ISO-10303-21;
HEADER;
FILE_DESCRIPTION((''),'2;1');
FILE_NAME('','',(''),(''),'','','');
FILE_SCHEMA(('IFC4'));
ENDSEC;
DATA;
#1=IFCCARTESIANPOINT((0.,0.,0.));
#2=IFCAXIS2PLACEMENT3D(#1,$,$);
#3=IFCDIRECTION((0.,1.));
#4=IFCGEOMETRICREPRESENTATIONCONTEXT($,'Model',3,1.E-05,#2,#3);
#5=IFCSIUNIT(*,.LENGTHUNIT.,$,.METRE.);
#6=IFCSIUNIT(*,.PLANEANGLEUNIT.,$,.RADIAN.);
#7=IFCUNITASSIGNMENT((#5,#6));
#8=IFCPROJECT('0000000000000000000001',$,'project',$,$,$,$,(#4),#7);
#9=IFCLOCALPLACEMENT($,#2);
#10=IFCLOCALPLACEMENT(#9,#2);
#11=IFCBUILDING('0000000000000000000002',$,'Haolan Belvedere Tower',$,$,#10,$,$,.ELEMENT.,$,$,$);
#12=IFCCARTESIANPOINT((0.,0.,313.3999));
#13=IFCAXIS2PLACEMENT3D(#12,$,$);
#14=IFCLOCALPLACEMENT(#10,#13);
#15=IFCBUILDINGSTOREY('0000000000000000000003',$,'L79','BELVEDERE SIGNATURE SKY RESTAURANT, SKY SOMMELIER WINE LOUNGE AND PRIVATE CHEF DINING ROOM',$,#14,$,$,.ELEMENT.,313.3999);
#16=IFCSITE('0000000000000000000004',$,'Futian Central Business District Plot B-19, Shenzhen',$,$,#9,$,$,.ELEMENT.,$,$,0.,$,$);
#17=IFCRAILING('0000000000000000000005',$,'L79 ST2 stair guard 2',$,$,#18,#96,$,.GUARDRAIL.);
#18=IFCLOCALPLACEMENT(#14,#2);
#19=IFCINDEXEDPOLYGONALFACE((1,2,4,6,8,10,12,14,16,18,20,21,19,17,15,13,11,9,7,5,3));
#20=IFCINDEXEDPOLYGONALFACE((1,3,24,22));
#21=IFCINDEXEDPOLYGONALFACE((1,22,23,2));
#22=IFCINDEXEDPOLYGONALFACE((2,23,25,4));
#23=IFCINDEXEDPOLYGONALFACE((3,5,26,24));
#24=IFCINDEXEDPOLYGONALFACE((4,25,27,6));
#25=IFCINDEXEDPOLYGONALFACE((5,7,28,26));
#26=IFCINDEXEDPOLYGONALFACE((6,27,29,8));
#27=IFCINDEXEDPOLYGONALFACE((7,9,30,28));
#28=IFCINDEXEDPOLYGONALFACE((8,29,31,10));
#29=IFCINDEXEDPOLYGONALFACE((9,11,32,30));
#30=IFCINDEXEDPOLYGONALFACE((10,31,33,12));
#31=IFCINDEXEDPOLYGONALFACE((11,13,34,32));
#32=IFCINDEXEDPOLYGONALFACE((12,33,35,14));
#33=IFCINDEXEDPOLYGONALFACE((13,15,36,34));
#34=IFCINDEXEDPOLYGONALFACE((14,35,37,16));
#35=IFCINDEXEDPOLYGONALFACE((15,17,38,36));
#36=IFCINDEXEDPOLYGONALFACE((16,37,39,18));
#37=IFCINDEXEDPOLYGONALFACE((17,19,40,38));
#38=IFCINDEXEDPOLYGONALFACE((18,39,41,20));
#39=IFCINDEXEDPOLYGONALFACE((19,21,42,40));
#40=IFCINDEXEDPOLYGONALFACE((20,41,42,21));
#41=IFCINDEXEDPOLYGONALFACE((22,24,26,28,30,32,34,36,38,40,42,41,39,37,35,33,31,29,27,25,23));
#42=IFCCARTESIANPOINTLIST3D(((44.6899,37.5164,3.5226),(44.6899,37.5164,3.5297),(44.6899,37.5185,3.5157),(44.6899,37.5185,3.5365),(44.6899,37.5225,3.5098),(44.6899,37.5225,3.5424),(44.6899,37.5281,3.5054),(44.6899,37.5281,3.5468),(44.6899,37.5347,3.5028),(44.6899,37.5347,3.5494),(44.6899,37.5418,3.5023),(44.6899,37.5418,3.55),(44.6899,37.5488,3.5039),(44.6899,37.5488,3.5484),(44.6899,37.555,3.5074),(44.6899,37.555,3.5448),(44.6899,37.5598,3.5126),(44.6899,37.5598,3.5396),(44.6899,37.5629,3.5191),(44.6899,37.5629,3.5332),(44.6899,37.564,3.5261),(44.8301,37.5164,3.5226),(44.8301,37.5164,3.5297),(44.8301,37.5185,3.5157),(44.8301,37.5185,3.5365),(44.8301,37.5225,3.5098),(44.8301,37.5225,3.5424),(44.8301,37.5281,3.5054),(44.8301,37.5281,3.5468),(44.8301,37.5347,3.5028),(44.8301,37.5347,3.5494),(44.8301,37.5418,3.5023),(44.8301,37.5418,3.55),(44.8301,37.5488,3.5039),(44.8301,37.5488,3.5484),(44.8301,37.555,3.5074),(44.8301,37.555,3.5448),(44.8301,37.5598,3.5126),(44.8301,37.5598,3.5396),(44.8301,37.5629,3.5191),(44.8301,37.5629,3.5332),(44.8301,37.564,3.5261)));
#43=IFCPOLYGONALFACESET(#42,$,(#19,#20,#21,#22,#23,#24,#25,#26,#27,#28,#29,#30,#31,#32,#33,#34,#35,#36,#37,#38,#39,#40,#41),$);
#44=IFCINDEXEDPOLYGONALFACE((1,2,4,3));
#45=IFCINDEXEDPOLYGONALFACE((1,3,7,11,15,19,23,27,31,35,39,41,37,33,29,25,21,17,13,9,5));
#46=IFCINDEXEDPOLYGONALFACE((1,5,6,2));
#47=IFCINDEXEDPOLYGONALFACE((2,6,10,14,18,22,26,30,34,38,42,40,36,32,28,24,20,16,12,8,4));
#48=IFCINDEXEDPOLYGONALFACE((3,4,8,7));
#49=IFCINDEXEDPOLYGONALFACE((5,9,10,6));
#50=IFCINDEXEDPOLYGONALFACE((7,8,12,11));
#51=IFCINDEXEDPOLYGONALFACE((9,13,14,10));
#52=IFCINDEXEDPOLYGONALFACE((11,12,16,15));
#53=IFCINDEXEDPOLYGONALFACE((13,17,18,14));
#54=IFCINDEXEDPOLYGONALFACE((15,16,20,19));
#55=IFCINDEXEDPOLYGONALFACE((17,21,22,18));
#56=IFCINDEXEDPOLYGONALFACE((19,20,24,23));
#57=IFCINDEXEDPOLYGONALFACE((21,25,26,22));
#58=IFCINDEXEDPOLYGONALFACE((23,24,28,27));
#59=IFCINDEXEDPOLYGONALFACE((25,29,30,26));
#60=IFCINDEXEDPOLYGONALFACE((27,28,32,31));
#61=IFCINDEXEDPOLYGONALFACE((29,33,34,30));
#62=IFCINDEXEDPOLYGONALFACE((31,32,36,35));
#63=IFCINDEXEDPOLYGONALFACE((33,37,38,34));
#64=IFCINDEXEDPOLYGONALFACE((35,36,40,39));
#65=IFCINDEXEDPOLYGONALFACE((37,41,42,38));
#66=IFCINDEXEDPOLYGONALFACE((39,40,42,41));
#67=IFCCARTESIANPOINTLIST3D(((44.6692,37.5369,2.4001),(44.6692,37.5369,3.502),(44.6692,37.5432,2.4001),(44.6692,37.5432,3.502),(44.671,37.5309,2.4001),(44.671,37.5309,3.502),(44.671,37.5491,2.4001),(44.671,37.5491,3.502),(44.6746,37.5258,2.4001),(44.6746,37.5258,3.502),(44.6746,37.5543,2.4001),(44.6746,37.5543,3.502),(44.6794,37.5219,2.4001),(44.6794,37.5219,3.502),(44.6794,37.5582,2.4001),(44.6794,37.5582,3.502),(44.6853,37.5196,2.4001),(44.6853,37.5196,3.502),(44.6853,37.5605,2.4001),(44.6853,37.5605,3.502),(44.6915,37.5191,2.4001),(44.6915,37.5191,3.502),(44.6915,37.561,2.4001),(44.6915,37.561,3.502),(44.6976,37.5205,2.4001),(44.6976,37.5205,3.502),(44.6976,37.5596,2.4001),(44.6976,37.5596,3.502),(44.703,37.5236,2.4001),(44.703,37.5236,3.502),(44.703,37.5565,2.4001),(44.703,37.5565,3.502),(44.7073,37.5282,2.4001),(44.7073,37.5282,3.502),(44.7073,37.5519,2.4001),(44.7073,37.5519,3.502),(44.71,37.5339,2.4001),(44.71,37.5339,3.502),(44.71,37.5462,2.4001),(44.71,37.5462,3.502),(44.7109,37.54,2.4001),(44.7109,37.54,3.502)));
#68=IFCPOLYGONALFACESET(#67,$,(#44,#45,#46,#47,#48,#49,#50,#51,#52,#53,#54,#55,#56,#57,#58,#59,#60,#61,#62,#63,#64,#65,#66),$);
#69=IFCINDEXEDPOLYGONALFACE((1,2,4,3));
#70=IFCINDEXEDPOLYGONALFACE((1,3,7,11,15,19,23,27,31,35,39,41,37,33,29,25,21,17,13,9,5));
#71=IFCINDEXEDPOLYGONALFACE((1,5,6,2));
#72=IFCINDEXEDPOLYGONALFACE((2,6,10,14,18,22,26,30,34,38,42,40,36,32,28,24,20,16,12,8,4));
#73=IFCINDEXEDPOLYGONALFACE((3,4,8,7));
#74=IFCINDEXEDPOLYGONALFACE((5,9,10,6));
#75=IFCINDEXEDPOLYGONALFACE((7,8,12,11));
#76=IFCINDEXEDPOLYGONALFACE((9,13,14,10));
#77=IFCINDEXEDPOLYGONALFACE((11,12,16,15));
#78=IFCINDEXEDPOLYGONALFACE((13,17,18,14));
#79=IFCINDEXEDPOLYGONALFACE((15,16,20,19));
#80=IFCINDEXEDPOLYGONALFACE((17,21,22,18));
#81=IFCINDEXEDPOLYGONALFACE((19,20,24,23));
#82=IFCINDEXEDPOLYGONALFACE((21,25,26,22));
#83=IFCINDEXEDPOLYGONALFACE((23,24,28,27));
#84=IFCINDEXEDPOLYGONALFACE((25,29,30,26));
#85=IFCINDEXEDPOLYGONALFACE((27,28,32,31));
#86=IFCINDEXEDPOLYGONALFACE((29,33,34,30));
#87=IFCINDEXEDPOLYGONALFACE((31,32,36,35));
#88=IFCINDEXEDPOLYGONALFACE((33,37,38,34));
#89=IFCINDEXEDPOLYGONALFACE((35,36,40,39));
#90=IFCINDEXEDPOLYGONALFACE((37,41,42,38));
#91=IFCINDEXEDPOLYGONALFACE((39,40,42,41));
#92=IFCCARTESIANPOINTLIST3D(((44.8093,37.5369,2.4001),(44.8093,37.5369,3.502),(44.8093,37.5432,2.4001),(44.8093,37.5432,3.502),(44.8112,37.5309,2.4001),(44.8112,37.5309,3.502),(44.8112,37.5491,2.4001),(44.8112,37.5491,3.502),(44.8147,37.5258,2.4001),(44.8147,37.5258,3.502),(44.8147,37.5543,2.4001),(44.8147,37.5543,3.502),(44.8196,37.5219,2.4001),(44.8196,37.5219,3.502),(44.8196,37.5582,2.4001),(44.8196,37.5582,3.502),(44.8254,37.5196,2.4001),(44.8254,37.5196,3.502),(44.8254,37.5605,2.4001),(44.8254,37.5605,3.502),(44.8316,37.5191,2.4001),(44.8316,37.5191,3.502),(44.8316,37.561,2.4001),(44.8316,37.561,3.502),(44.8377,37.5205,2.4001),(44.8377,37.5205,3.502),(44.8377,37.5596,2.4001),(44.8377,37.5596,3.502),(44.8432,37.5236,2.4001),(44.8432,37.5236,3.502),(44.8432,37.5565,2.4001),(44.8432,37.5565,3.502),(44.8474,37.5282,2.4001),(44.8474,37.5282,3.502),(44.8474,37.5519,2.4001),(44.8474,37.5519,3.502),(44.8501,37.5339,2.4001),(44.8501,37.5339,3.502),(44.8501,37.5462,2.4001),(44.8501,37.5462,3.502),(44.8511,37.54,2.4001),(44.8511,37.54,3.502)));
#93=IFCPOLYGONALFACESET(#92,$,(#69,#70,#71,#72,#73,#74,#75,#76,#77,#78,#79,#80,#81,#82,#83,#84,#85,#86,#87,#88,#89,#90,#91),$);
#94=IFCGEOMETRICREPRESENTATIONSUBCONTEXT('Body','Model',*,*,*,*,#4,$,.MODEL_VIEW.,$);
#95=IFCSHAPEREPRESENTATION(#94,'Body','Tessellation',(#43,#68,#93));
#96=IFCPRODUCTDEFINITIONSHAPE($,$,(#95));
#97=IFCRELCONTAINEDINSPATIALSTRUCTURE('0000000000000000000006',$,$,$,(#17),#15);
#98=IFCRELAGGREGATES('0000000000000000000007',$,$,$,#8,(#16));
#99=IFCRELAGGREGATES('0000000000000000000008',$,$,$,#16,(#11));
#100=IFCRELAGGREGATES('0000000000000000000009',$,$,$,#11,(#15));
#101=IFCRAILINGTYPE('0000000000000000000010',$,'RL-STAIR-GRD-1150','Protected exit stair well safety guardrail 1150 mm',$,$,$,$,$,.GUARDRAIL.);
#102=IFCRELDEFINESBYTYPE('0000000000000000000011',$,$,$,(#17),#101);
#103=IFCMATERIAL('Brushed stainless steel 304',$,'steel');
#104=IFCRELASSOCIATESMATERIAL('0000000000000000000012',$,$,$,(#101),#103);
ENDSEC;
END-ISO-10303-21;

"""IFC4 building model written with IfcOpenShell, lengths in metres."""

from ifc_helpers import new_model, si_unit, direction, frame, origin, origin_2d, place, context, subcontext, project, spatial, circle, extrude, material, type_object, element, save


model = new_model("IFC4")

# Units and contexts
model_context = context("Model", 3, precision=1e-05, world=origin(), true_north=direction((0.0, 1.0)))
body_context = subcontext(model_context, "Body", "Model", "MODEL_VIEW")
ifc_project = project(units=[si_unit("LENGTHUNIT", "METRE"), si_unit("PLANEANGLEUNIT", "RADIAN")], contexts=[model_context])

# Site, building, storey
site_placement = place(None, origin())
site = spatial("IfcSite", under=ifc_project, at=site_placement, Name="Futian Central Business District Plot B-19, Shenzhen", CompositionType="ELEMENT", RefElevation=0.0)
building_placement = place(site_placement, origin())
building = spatial("IfcBuilding", under=site, at=building_placement, Name="Haolan Belvedere Tower", CompositionType="ELEMENT")
storey_placement = place(building_placement, frame((0.0, 0.0, 313.3999)))
storey = spatial("IfcBuildingStorey", under=building, at=storey_placement, Name="L79", Description="BELVEDERE SIGNATURE SKY RESTAURANT, SKY SOMMELIER WINE LOUNGE AND PRIVATE CHEF DINING ROOM", CompositionType="ELEMENT", Elevation=313.3999)

# Railing
ifc_material_1 = material(Name="Brushed stainless steel 304", Category="steel")
railing_type_1 = type_object("IfcRailingType", Name="RL-STAIR-GRD-1150", Description="Protected exit stair well safety guardrail 1150 mm", PredefinedType="GUARDRAIL", material=ifc_material_1)
railing_1_placement = place(storey_placement, frame((44.6899, 37.54, 2.4001)))
element("IfcRailing", 1, at=railing_1_placement, inside=storey, type_object=railing_type_1, Name="L79 ST2 stair guard 2", PredefinedType="GUARDRAIL", context=body_context, shape_type="SweptSolid", body=[
    extrude(circle(Radius=0.0239, at=origin_2d()), frame((0.0, 0.0, 1.126), z_axis=(1.0, 0.0, 0.0), x_axis=(0.0, 1.0, 0.0)), (0.0, 0.0, 1.0), 0.1401),
    extrude(circle(Radius=0.021, at=origin_2d()), origin(), (0.0, 0.0, 1.0), 1.1018),
    extrude(circle(Radius=0.021, at=origin_2d()), frame((0.1401, 0.0, 0.0)), (0.0, 0.0, 1.0), 1.1018),
])

save(model, "model.ifc")
